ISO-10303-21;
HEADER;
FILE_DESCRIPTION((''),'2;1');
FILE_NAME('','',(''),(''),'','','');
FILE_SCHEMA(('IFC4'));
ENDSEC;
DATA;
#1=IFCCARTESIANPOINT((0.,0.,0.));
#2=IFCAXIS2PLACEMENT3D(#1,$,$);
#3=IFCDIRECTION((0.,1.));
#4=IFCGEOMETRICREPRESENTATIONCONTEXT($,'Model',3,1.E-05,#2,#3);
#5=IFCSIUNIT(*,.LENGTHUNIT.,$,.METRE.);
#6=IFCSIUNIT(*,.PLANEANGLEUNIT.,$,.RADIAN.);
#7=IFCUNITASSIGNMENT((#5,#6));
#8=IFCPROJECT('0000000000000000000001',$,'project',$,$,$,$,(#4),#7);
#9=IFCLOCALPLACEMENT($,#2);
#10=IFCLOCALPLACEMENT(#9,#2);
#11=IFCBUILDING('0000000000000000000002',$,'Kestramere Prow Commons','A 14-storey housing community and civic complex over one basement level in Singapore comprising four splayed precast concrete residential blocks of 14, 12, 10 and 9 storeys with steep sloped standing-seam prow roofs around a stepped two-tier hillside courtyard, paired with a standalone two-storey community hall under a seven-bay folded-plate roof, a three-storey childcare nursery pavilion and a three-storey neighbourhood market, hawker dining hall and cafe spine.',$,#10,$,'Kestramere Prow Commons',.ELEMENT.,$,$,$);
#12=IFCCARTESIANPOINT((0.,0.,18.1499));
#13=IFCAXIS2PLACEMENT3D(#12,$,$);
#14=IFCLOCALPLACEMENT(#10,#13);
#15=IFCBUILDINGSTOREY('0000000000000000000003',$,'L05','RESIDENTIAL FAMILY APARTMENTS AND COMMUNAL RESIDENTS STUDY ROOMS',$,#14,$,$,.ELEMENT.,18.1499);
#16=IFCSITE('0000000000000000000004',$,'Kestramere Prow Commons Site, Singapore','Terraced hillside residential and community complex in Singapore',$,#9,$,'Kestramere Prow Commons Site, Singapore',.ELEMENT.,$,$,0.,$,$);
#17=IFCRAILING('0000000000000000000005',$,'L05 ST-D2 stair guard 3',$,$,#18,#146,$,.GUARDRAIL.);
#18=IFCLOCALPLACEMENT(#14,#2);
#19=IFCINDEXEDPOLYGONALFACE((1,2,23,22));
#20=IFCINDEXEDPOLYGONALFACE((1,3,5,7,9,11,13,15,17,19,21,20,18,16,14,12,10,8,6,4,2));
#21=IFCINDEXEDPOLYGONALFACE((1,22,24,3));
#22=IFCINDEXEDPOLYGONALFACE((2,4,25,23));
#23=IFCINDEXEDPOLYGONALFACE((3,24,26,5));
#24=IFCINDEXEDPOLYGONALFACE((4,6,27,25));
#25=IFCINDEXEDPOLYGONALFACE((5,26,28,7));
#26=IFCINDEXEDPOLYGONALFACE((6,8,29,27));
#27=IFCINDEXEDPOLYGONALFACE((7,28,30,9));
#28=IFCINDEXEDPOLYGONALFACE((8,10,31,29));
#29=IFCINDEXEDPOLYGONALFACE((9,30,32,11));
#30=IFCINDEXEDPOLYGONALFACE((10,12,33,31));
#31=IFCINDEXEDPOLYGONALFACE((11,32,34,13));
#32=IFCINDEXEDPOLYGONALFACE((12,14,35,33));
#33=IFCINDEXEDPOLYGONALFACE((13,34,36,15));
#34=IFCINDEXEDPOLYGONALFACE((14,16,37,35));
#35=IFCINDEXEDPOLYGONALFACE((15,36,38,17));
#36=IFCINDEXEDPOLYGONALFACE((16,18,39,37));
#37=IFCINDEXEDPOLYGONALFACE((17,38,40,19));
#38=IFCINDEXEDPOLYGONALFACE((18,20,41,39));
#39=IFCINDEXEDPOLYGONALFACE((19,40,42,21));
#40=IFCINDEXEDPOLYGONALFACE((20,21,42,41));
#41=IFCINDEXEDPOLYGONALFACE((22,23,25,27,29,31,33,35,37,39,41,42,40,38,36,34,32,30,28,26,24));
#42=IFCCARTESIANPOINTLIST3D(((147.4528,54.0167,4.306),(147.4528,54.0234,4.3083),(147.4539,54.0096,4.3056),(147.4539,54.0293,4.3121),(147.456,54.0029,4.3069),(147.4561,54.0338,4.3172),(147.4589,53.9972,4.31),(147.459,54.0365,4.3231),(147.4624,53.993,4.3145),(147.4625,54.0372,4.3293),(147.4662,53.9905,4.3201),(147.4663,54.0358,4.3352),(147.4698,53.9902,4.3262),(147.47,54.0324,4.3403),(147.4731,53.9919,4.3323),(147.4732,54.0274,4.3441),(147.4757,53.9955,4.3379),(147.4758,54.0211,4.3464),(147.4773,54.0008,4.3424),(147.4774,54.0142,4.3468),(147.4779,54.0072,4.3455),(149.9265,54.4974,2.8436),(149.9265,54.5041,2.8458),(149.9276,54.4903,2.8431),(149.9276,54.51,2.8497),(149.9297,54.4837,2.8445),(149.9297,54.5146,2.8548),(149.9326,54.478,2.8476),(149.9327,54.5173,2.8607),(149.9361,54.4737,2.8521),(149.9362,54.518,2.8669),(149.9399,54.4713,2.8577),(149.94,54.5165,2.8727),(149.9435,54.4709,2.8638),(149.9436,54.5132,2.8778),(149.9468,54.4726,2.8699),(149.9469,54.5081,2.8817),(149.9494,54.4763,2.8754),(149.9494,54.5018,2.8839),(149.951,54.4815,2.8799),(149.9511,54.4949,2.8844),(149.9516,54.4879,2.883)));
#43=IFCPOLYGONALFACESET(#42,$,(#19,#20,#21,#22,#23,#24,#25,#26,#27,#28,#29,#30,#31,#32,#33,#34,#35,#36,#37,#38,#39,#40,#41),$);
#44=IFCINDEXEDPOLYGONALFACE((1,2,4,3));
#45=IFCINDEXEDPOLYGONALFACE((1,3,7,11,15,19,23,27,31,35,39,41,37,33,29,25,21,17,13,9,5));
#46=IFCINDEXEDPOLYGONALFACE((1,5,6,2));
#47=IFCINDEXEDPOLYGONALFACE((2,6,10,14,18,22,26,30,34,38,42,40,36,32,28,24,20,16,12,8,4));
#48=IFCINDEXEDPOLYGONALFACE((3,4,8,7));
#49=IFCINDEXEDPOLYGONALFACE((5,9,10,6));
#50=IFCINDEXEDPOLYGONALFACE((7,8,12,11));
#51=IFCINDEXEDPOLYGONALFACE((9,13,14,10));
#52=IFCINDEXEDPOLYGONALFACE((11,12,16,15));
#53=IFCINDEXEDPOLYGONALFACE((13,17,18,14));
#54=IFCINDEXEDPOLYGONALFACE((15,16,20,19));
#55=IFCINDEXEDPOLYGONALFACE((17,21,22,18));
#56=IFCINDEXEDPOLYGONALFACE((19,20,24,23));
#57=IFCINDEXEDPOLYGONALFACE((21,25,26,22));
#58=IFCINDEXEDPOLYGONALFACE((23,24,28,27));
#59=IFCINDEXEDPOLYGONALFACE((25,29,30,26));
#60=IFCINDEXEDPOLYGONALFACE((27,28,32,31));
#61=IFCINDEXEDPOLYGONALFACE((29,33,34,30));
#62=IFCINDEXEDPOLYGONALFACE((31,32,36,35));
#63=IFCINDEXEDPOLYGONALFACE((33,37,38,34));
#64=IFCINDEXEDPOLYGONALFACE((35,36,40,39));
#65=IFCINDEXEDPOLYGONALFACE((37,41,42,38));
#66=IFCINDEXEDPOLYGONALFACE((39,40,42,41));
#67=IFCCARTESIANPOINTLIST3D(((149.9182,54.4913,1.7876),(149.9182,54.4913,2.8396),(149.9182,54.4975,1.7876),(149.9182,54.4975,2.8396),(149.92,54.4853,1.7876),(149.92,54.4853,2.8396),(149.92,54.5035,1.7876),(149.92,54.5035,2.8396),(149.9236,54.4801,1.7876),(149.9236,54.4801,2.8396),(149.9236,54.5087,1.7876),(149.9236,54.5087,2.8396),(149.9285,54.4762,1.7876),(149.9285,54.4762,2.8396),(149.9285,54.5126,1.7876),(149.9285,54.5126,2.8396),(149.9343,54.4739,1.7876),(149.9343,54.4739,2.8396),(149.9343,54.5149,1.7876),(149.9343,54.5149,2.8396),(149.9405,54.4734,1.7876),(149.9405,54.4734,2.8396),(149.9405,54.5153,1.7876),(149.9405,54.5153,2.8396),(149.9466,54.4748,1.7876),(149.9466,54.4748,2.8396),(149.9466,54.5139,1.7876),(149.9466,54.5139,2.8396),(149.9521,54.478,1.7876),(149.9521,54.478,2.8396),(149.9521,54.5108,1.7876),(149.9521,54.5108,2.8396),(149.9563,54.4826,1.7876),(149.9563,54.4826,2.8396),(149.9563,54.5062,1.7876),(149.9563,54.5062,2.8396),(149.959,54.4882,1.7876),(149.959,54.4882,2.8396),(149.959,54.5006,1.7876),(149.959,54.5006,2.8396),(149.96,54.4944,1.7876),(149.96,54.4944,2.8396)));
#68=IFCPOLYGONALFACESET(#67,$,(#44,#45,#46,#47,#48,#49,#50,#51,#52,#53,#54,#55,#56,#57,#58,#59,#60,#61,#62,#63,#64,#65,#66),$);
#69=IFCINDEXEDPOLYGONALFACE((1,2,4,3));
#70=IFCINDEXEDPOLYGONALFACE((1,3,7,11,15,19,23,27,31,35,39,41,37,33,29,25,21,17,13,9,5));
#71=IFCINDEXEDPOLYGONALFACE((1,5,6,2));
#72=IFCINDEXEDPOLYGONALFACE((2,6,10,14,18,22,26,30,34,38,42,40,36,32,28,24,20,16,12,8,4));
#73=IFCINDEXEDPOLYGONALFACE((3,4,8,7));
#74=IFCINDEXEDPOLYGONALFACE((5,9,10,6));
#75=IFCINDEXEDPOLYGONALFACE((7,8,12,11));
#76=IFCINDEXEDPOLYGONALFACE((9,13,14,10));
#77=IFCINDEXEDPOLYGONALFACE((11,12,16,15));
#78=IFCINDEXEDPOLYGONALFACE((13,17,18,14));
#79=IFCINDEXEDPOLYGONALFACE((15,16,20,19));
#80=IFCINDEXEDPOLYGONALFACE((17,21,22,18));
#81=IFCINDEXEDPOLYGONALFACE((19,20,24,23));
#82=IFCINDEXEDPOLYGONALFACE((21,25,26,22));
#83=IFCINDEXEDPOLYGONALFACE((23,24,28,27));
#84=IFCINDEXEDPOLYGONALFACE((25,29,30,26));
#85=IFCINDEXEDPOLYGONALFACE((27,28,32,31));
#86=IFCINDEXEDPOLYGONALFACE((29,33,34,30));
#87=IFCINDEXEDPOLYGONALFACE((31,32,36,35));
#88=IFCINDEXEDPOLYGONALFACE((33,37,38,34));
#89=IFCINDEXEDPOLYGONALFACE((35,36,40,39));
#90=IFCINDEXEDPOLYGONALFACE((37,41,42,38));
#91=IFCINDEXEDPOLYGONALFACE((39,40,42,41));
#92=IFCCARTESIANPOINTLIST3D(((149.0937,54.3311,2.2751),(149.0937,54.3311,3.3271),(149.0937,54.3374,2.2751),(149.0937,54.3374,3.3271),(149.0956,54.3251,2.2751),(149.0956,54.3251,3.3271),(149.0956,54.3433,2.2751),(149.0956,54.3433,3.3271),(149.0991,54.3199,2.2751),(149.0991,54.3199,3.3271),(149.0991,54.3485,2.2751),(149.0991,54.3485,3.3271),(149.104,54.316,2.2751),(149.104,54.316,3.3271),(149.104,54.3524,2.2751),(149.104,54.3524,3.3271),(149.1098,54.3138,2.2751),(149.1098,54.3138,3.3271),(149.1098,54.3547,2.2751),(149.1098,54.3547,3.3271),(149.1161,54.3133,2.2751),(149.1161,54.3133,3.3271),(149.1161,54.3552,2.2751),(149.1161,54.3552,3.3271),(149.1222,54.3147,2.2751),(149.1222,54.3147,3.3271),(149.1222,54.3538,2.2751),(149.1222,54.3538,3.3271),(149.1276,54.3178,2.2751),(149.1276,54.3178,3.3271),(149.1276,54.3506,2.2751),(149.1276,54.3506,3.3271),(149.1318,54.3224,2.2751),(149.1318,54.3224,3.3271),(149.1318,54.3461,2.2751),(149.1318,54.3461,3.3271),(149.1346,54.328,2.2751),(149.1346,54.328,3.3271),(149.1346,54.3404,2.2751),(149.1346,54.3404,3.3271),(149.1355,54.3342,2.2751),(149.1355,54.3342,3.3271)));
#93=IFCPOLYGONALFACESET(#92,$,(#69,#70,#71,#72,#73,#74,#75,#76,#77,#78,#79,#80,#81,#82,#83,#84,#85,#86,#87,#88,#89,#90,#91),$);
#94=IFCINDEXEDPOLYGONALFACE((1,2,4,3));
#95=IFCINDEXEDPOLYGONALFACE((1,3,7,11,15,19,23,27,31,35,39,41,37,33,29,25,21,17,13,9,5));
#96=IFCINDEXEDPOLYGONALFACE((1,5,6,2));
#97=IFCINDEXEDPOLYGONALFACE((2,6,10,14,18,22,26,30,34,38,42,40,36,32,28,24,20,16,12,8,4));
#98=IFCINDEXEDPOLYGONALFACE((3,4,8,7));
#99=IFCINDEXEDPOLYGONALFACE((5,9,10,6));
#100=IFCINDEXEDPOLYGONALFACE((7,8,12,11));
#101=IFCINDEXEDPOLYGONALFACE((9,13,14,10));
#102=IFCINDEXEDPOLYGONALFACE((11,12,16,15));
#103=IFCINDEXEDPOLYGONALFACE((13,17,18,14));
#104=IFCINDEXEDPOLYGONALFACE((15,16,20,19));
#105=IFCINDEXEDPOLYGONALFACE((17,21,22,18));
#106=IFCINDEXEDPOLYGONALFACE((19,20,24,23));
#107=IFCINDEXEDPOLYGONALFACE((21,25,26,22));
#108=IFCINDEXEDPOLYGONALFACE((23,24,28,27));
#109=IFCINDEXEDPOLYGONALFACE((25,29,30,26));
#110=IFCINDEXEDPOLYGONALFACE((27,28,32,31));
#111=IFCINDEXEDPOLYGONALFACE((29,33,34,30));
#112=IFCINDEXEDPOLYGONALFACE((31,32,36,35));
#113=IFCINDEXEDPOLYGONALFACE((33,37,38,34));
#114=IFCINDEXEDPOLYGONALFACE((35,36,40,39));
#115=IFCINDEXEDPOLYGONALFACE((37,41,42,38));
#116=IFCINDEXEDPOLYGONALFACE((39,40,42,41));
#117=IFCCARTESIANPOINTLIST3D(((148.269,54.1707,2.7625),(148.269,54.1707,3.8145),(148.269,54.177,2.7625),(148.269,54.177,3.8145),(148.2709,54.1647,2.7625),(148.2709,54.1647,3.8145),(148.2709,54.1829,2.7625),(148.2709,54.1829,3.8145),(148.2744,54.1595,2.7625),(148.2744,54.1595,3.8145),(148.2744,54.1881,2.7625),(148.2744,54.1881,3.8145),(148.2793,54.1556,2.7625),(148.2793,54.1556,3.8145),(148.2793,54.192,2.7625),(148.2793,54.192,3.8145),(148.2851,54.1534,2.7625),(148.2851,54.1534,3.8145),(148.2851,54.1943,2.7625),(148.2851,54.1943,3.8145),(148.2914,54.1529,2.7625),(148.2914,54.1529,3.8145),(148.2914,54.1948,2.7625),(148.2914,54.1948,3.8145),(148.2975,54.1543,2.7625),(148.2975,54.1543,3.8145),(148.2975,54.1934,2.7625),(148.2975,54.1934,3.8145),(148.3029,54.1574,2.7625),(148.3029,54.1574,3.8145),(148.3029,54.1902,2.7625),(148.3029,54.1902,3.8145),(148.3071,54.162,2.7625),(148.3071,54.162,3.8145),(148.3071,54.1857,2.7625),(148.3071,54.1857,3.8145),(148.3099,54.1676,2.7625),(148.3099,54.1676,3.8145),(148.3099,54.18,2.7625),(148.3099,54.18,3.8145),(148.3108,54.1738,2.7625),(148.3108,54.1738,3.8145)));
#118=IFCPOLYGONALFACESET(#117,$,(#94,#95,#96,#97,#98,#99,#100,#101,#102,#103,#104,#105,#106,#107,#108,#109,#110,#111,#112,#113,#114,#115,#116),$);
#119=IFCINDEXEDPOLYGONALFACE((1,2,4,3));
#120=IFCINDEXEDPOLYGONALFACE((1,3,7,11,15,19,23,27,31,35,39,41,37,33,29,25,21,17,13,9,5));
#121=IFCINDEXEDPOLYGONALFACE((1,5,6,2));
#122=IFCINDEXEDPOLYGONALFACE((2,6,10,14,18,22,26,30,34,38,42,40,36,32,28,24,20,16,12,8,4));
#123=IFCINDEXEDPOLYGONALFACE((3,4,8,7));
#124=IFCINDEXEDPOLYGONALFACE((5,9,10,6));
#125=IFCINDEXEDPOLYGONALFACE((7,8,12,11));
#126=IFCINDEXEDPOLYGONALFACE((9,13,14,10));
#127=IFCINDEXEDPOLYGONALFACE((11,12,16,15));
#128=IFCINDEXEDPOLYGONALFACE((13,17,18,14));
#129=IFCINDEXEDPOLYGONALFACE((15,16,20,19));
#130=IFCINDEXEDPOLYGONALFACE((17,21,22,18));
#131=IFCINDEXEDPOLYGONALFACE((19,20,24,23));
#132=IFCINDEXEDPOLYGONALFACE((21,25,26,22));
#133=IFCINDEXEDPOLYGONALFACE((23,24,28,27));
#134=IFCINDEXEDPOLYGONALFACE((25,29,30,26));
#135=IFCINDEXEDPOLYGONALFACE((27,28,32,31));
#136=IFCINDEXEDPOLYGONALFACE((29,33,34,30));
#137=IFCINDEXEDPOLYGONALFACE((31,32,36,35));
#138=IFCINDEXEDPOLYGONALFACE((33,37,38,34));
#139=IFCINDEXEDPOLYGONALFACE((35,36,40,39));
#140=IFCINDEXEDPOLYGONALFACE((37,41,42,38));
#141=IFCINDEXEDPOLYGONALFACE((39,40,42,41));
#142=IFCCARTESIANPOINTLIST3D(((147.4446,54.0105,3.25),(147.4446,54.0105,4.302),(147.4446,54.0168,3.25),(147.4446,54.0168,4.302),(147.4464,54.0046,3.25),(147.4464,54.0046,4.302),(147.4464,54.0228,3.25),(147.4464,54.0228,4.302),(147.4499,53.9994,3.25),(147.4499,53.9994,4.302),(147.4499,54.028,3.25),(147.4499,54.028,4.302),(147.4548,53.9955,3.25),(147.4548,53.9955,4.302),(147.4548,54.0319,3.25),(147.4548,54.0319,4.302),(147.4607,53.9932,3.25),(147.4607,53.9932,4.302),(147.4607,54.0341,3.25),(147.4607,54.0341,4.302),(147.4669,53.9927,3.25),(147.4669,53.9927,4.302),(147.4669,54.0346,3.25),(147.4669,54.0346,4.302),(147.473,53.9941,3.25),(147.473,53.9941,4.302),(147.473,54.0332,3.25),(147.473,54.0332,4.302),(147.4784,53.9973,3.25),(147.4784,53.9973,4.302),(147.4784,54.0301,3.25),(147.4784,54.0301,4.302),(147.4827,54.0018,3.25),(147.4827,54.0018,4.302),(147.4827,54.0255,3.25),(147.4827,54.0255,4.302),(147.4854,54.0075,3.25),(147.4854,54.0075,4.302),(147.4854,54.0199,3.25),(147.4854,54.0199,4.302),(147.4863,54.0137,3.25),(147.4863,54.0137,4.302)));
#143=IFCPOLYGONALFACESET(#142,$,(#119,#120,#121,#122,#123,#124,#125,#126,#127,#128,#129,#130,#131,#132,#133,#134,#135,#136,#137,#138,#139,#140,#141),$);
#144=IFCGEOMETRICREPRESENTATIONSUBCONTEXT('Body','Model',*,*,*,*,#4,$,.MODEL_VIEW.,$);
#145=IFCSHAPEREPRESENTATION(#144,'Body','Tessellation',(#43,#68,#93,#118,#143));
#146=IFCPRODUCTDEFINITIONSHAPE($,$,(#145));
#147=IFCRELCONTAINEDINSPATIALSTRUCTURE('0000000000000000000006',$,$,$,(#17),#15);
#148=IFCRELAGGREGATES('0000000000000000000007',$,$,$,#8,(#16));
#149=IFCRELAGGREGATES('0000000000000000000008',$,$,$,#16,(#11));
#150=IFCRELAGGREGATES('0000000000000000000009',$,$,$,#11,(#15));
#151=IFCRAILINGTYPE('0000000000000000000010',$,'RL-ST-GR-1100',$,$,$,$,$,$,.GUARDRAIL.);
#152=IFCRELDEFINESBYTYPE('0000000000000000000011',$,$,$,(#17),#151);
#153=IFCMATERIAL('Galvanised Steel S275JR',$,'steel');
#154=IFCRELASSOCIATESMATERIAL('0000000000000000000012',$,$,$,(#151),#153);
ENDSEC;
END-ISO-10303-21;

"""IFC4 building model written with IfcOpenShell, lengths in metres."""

from ifc_helpers import new_model, si_unit, direction, frame, origin, origin_2d, place, context, subcontext, project, spatial, circle, extrude, material, type_object, element, save


model = new_model("IFC4")

# Units and contexts
model_context = context("Model", 3, precision=1e-05, world=origin(), true_north=direction((0.0, 1.0)))
body_context = subcontext(model_context, "Body", "Model", "MODEL_VIEW")
ifc_project = project(units=[si_unit("LENGTHUNIT", "METRE"), si_unit("PLANEANGLEUNIT", "RADIAN")], contexts=[model_context])

# Site, building, storey
site_placement = place(None, origin())
site = spatial("IfcSite", under=ifc_project, at=site_placement, Name="Kestramere Prow Commons Site, Singapore", Description="Terraced hillside residential and community complex in Singapore", LongName="Kestramere Prow Commons Site, Singapore", CompositionType="ELEMENT", RefElevation=0.0)
building_placement = place(site_placement, origin())
building = spatial("IfcBuilding", under=site, at=building_placement, Name="Kestramere Prow Commons", Description="A 14-storey housing community and civic complex over one basement level in Singapore comprising four splayed precast concrete residential blocks of 14, 12, 10 and 9 storeys with steep sloped standing-seam prow roofs around a stepped two-tier hillside courtyard, paired with a standalone two-storey community hall under a seven-bay folded-plate roof, a three-storey childcare nursery pavilion and a three-storey neighbourhood market, hawker dining hall and cafe spine.", LongName="Kestramere Prow Commons", CompositionType="ELEMENT")
storey_placement = place(building_placement, frame((0.0, 0.0, 18.1499)))
storey = spatial("IfcBuildingStorey", under=building, at=storey_placement, Name="L05", Description="RESIDENTIAL FAMILY APARTMENTS AND COMMUNAL RESIDENTS STUDY ROOMS", CompositionType="ELEMENT", Elevation=18.1499)

# Railing
ifc_material_1 = material(Name="Galvanised Steel S275JR", Category="steel")
railing_type_1 = type_object("IfcRailingType", Name="RL-ST-GR-1100", PredefinedType="GUARDRAIL", material=ifc_material_1)
railing_1_placement = place(storey_placement, frame((149.939, 54.4944, 1.7876)))
element("IfcRailing", 1, at=railing_1_placement, inside=storey, type_object=railing_type_1, Name="L05 ST-D2 stair guard 3", PredefinedType="GUARDRAIL", context=body_context, shape_type="SweptSolid", body=[
    extrude(circle(Radius=0.0239, at=origin_2d()), frame((0.0, 0.0, 1.0762), z_axis=(-0.84902, -0.164994, 0.501938), x_axis=(0.190766, -0.981636, 0.0)), (0.0, 0.0, 1.0), 2.9136),
    extrude(circle(Radius=0.021, at=origin_2d()), origin(), (0.0, 0.0, 1.0), 1.052),
    extrude(circle(Radius=0.021, at=origin_2d()), frame((-0.8245, -0.1602, 0.4875)), (0.0, 0.0, 1.0), 1.052),
    extrude(circle(Radius=0.021, at=origin_2d()), frame((-1.6492, -0.3206, 0.9749)), (0.0, 0.0, 1.0), 1.052),
    extrude(circle(Radius=0.021, at=origin_2d()), frame((-2.4736, -0.4807, 1.4624)), (0.0, 0.0, 1.0), 1.052),
])

save(model, "model.ifc")
